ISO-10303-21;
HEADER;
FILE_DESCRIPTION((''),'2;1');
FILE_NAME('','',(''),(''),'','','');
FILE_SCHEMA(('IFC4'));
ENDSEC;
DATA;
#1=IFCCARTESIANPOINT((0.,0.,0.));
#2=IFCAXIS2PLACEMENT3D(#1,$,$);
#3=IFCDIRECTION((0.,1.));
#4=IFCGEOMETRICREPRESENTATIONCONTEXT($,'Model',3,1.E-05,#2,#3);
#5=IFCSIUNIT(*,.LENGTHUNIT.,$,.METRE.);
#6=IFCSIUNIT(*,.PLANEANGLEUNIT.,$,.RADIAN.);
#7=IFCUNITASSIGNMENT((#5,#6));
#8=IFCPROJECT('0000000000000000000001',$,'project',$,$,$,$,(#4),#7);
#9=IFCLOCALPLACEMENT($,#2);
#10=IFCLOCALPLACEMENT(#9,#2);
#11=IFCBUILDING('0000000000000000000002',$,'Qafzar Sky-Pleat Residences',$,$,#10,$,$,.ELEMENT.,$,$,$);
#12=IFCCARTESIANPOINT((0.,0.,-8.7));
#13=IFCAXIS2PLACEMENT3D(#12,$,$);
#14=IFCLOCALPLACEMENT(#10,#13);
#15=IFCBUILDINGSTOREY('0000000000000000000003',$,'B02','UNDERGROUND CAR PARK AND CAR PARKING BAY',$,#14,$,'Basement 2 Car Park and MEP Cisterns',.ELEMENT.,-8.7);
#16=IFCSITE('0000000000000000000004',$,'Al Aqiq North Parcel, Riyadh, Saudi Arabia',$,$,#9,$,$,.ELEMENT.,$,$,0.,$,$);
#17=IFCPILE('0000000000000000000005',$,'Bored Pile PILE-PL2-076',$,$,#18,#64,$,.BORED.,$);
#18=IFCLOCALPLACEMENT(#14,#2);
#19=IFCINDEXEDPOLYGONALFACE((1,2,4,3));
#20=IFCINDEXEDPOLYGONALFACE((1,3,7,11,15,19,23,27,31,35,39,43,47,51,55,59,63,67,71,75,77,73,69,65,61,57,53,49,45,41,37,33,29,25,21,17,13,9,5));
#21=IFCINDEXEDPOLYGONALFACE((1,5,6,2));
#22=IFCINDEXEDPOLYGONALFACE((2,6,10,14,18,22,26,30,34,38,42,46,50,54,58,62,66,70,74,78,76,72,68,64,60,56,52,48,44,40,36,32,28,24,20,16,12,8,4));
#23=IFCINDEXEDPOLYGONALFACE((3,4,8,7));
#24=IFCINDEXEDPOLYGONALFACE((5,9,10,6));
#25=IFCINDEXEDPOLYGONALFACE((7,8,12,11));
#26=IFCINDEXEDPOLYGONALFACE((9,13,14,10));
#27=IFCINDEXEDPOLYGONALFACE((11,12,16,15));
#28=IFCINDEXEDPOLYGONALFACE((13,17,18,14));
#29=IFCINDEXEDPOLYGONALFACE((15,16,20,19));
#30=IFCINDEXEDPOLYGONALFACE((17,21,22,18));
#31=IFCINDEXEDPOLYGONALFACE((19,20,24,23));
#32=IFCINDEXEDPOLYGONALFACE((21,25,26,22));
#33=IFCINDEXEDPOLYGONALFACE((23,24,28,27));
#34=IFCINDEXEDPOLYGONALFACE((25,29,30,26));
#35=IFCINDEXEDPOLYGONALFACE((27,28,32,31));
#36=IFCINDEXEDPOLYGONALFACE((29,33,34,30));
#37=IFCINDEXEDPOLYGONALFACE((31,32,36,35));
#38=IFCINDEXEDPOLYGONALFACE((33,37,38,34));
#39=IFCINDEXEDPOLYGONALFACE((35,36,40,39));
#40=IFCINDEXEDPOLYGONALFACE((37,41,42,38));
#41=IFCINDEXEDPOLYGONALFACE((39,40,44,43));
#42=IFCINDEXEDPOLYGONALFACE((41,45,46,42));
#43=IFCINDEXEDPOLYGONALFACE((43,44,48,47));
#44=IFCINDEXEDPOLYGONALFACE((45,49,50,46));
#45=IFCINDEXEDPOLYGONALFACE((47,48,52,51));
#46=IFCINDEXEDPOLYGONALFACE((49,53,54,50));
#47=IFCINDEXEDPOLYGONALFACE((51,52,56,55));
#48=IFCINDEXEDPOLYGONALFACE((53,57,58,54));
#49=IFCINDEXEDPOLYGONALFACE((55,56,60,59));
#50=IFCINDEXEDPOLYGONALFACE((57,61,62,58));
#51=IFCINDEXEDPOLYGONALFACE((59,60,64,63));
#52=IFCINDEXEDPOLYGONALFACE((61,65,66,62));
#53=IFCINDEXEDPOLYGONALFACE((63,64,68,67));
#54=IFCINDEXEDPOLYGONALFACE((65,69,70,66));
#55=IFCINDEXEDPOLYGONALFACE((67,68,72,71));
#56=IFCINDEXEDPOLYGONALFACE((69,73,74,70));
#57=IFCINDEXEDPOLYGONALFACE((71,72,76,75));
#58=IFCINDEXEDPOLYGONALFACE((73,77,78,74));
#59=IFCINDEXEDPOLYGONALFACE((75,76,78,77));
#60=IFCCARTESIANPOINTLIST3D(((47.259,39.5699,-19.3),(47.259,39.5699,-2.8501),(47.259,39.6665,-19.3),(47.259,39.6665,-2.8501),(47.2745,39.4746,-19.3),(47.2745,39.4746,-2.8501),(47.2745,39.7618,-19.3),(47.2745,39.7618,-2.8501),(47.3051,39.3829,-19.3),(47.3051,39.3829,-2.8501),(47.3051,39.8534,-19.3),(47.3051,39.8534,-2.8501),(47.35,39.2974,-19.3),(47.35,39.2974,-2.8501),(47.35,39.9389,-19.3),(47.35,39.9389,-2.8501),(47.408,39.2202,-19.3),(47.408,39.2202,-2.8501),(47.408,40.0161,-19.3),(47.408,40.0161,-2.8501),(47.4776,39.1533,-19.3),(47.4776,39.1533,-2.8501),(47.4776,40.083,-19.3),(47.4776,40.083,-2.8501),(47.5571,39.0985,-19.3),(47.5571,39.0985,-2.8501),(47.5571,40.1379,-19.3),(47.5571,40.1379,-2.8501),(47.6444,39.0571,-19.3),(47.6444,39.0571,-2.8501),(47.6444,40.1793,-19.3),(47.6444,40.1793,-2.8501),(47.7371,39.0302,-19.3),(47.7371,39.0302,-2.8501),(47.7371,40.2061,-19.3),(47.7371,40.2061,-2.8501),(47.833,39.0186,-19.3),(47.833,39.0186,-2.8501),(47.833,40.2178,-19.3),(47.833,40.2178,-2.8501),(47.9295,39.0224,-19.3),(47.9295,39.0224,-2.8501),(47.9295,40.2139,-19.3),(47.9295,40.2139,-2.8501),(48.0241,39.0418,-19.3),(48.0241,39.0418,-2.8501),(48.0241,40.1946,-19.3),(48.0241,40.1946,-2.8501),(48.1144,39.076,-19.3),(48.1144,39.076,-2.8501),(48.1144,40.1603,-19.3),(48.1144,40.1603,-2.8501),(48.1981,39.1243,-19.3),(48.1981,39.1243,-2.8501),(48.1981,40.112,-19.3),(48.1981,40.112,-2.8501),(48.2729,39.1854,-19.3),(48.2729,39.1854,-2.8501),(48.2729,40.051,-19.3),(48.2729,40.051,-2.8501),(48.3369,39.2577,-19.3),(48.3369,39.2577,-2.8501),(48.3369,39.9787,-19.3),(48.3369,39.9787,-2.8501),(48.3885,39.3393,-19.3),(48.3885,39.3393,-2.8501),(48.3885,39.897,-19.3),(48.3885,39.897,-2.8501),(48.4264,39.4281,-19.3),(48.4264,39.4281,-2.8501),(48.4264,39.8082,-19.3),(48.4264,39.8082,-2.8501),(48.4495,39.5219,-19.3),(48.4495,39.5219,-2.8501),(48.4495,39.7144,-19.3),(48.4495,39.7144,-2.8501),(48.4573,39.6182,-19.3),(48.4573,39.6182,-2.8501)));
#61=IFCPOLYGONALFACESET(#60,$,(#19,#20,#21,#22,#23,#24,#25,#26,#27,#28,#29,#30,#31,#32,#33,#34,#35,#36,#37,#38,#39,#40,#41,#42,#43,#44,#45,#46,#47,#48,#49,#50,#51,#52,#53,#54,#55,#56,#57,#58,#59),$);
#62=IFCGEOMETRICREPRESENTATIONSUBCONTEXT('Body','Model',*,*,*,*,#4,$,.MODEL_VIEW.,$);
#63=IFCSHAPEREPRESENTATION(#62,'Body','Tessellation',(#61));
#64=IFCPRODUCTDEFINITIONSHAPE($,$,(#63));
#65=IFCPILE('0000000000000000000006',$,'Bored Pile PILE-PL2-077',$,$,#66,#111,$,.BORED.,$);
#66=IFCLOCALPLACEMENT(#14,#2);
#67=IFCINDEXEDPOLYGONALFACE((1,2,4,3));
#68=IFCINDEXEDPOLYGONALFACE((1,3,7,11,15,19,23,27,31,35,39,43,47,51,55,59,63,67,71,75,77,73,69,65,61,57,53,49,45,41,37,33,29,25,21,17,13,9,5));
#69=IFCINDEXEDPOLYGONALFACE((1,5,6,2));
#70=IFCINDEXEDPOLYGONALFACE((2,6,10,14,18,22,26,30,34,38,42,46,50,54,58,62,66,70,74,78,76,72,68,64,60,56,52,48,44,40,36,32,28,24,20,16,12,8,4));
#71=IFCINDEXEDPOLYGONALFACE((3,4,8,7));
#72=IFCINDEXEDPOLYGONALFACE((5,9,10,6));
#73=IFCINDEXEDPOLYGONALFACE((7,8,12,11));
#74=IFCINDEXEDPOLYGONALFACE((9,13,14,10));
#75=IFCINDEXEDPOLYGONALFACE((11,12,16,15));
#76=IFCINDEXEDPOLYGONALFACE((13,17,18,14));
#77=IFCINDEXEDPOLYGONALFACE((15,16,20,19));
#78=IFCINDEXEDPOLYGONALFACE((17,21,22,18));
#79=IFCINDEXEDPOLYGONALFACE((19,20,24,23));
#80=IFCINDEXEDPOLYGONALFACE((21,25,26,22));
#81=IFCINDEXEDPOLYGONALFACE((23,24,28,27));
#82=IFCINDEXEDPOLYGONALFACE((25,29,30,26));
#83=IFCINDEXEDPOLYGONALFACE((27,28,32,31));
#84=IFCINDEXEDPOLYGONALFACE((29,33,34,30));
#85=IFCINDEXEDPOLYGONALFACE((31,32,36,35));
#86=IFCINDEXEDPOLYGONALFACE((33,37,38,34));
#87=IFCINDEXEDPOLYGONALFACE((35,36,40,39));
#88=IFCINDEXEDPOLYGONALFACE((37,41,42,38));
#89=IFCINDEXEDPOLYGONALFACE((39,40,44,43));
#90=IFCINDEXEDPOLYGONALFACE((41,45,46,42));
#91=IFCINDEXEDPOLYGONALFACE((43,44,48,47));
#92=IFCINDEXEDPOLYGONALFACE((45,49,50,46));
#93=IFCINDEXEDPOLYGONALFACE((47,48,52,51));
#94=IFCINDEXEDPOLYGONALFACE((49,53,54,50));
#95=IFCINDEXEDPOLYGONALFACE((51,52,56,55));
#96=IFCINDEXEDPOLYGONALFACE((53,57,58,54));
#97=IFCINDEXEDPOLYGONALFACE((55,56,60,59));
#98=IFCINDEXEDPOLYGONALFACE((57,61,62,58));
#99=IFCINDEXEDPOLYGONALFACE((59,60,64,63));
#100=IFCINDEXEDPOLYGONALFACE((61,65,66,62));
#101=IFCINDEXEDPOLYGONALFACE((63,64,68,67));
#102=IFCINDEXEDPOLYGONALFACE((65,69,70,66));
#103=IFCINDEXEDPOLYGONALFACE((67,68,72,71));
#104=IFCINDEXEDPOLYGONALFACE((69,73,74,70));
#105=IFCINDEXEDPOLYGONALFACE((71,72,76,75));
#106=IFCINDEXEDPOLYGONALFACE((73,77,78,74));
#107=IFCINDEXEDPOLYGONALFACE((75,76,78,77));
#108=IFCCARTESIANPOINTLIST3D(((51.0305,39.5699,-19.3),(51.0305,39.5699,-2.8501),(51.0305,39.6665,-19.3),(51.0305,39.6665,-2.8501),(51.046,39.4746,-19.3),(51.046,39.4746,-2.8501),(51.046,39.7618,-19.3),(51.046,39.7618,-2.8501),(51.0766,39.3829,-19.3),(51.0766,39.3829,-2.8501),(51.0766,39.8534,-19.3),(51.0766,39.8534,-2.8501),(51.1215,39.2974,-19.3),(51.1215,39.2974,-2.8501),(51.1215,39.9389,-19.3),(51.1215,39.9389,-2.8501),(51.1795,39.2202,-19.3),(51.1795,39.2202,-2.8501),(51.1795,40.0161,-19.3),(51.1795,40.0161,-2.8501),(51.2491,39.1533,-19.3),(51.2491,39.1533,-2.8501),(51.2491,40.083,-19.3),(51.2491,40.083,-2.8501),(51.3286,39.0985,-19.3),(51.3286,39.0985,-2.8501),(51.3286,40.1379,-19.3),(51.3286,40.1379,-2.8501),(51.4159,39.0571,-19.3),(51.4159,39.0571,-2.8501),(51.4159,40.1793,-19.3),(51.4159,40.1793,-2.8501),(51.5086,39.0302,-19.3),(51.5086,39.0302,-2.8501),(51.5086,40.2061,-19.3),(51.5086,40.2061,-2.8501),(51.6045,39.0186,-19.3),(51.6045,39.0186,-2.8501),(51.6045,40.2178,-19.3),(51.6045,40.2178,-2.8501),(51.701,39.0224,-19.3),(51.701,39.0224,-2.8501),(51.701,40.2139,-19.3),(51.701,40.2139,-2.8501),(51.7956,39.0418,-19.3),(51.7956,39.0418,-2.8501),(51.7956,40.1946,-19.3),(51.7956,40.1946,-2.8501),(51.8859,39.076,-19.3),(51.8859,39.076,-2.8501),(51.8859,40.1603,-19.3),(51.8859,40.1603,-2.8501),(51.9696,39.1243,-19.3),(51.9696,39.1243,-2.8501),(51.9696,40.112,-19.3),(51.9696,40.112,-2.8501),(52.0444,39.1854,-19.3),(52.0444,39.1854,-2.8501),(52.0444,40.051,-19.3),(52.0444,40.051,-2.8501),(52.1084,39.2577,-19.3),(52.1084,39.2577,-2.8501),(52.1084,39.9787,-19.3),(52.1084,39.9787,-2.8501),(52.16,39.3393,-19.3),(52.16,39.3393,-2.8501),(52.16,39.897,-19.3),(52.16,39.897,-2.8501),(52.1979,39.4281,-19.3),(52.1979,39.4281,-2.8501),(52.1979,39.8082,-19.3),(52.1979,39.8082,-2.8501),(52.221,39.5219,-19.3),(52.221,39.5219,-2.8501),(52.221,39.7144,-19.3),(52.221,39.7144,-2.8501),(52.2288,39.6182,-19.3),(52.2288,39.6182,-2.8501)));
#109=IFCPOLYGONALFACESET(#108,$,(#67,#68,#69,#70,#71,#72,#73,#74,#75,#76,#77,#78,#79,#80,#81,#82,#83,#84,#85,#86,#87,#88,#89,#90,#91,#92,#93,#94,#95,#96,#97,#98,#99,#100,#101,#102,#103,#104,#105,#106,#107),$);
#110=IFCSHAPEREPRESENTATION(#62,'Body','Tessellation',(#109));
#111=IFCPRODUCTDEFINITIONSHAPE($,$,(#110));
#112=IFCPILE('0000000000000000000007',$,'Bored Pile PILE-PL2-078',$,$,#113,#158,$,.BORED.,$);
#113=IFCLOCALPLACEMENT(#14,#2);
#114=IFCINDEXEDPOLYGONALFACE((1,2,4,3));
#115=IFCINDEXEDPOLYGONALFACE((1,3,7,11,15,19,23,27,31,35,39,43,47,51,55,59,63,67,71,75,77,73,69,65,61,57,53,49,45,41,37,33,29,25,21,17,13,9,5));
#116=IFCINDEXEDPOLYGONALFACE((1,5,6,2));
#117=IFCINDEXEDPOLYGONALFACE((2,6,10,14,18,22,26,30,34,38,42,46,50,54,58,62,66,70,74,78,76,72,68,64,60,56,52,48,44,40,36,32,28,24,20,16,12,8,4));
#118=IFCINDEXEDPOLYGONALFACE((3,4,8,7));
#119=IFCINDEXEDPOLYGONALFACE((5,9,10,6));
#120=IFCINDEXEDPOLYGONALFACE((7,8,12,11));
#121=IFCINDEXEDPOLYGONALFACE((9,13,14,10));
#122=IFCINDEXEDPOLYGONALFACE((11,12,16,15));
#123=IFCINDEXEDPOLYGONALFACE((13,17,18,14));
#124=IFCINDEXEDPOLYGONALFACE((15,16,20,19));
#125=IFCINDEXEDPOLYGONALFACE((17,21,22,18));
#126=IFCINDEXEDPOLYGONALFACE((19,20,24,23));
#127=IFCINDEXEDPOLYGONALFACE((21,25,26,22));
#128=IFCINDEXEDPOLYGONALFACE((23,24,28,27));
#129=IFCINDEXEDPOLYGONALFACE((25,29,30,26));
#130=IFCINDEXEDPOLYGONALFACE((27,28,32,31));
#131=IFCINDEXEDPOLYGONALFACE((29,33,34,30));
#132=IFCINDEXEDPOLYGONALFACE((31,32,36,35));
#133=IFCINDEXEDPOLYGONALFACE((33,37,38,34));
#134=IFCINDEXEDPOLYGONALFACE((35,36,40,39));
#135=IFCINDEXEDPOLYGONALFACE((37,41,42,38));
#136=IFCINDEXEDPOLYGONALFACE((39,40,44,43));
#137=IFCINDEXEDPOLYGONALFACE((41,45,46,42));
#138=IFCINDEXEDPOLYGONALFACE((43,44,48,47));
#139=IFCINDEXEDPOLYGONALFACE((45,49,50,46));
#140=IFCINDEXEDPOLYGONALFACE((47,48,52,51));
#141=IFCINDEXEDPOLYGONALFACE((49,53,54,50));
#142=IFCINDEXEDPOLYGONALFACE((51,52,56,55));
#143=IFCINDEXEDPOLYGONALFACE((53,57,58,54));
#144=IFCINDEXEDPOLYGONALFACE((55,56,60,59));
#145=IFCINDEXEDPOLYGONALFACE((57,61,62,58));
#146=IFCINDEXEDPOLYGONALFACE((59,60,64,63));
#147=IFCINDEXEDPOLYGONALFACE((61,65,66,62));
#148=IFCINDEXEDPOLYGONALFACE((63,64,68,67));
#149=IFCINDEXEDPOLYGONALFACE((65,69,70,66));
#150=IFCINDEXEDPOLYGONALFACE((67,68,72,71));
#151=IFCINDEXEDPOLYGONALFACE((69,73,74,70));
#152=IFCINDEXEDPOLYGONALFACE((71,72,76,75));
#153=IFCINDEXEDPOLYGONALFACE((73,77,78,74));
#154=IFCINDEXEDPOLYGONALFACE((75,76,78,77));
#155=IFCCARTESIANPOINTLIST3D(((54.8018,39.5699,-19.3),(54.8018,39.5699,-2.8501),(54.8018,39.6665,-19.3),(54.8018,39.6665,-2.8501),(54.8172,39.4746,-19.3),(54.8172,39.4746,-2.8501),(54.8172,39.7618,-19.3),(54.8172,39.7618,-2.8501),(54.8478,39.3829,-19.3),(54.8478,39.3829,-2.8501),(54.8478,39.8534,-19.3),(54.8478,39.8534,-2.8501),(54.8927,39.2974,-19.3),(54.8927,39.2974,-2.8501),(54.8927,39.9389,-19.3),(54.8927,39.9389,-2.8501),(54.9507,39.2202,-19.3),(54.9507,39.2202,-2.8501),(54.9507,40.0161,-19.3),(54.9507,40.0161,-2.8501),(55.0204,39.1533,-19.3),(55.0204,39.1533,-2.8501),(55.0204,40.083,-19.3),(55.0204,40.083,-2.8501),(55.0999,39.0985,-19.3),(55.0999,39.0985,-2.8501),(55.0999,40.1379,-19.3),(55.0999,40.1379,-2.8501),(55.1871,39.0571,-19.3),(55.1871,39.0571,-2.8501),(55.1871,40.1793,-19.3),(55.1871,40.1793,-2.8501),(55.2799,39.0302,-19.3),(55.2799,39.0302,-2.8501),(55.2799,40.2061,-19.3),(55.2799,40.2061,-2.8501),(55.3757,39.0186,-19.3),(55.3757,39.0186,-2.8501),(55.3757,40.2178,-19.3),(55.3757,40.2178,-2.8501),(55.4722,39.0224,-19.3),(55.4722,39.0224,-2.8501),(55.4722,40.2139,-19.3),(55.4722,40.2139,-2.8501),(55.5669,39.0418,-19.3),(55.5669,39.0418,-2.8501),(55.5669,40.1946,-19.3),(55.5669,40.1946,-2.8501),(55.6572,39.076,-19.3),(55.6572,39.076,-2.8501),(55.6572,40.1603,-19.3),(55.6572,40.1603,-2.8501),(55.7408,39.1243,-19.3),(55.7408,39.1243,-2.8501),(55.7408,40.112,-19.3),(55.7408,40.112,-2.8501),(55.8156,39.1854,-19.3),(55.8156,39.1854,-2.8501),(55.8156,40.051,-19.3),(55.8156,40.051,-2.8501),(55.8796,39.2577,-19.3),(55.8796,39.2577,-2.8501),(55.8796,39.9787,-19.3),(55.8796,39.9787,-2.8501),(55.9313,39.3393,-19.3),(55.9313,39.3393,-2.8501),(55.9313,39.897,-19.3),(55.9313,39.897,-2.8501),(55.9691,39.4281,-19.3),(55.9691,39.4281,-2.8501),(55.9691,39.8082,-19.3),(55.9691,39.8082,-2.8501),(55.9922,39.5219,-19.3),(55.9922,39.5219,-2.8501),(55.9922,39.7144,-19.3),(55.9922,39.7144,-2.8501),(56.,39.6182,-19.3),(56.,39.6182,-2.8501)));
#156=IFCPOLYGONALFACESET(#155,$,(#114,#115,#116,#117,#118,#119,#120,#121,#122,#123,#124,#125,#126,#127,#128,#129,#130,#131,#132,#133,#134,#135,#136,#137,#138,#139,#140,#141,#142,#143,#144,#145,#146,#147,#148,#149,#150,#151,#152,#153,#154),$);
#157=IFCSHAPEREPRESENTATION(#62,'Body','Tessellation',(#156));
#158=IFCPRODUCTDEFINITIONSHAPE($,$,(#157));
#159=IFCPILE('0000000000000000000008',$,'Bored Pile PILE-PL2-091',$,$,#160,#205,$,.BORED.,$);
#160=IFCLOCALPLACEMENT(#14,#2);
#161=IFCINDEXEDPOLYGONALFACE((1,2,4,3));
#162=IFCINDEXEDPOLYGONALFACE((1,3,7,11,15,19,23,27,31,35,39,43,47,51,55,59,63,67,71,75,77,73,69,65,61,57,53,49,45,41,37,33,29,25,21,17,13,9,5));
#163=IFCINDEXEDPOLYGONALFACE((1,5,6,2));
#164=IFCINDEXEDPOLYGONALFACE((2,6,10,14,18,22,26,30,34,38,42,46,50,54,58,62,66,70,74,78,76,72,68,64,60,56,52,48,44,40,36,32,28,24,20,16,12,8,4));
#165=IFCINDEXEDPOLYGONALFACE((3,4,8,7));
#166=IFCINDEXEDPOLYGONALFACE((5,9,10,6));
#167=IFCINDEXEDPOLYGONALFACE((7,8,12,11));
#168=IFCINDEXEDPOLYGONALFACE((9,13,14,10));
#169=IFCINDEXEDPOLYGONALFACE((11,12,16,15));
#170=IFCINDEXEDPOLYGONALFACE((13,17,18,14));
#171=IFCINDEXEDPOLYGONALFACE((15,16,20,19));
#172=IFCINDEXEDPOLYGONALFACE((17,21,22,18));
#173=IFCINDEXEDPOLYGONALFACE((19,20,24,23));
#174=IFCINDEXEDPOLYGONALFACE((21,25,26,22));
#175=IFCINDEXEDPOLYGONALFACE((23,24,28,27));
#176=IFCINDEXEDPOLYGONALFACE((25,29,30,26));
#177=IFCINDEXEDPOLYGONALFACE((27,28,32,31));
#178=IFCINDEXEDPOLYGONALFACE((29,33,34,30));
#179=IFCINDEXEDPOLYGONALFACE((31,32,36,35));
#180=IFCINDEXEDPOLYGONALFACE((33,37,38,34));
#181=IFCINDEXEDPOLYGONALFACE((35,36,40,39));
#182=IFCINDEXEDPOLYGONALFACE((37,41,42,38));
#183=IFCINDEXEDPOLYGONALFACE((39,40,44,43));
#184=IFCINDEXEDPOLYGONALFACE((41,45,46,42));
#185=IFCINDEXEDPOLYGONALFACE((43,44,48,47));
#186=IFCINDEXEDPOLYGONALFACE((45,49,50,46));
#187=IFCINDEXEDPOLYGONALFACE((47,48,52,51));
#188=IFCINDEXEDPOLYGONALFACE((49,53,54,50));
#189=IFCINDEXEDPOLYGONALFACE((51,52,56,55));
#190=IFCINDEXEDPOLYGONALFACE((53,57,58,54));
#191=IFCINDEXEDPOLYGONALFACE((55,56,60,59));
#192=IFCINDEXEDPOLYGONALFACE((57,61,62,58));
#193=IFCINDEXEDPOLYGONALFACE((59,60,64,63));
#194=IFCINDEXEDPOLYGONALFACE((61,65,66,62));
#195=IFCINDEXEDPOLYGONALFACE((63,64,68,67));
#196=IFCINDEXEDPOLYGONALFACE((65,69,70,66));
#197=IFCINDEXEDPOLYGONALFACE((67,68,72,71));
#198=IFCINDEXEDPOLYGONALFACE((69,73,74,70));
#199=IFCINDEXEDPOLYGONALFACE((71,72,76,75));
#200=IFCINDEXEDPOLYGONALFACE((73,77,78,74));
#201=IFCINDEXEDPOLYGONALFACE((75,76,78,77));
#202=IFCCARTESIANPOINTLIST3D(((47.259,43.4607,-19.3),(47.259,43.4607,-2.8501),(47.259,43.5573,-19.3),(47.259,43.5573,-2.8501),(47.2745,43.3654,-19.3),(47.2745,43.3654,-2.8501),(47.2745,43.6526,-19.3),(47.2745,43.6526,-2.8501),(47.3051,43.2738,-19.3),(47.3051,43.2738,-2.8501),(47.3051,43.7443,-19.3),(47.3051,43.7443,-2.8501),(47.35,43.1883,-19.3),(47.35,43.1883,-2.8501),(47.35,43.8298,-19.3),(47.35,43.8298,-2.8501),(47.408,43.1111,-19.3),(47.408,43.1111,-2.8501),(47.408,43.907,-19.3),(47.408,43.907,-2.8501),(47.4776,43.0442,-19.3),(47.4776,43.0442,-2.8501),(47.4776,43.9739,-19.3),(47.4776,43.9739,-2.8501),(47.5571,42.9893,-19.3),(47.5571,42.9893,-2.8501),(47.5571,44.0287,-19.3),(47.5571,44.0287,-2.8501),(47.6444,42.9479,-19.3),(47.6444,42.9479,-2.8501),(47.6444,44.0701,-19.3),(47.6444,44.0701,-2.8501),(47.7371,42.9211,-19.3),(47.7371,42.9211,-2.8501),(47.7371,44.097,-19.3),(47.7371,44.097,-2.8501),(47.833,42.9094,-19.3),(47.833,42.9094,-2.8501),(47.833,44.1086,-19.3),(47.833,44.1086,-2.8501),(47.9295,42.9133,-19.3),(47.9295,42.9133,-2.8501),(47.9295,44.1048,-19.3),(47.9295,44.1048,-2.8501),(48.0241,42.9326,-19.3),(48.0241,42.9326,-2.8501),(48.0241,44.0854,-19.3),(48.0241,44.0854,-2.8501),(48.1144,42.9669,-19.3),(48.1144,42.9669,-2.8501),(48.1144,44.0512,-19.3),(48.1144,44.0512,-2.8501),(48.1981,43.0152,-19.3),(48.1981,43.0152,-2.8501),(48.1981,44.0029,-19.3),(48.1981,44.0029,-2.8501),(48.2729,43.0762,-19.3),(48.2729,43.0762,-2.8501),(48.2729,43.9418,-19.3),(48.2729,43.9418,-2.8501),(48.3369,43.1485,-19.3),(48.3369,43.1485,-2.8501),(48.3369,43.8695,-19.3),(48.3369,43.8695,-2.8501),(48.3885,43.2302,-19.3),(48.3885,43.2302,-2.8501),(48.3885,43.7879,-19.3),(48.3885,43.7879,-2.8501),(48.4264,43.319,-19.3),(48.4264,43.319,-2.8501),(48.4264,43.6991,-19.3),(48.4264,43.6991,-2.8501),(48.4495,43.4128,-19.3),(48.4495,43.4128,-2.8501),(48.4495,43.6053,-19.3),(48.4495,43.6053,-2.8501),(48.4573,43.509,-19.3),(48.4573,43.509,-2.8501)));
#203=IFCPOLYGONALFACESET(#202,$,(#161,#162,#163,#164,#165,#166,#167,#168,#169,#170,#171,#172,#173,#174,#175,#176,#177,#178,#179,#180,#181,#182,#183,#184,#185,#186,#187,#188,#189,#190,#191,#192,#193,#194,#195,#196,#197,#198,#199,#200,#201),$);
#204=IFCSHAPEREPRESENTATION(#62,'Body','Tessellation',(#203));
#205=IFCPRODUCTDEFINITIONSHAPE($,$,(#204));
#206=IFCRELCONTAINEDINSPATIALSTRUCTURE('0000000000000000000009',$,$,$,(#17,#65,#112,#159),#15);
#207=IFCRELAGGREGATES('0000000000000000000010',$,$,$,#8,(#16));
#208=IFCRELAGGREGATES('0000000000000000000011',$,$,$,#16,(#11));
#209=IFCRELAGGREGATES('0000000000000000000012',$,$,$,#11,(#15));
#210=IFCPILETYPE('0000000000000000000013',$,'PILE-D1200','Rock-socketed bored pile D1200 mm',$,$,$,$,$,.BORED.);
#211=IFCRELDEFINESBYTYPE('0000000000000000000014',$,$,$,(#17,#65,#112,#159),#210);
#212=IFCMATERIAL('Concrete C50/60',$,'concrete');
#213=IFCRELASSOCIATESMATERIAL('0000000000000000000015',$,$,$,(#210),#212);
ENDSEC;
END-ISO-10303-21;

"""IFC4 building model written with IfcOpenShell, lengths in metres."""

from ifc_helpers import new_model, si_unit, direction, frame, origin, origin_2d, place, context, subcontext, project, spatial, circle, extrude, source, transform, mapped, material, material_profile, profile_set, type_object, element, save


model = new_model("IFC4")

# Units and contexts
model_context = context("Model", 3, precision=1e-05, world=origin(), true_north=direction((0.0, 1.0)))
body_context = subcontext(model_context, "Body", "Model", "MODEL_VIEW")
ifc_project = project(units=[si_unit("LENGTHUNIT", "METRE"), si_unit("PLANEANGLEUNIT", "RADIAN")], contexts=[model_context])

# Site, building, storey
site_placement = place(None, origin())
site = spatial("IfcSite", under=ifc_project, at=site_placement, Name="Al Aqiq North Parcel, Riyadh, Saudi Arabia", CompositionType="ELEMENT", RefElevation=0.0)
building_placement = place(site_placement, origin())
building = spatial("IfcBuilding", under=site, at=building_placement, Name="Qafzar Sky-Pleat Residences", CompositionType="ELEMENT")
storey_placement = place(building_placement, frame((0.0, 0.0, -8.7)))
storey = spatial("IfcBuildingStorey", under=building, at=storey_placement, Name="B02", Description="UNDERGROUND CAR PARK AND CAR PARKING BAY", LongName="Basement 2 Car Park and MEP Cisterns", CompositionType="ELEMENT", Elevation=-8.7)

# Piles
ifc_material_1 = material(Name="Concrete C50/60", Category="concrete")
ifc_material_profile_1 = material_profile(ifc_material_1, circle(Radius=0.6001, at=origin_2d()), Name="PILE D1200")
ifc_profile_set_1 = profile_set([ifc_material_profile_1], Name="Concrete C50/60")
pile_type = type_object("IfcPileType", Name="PILE-D1200", Description="Rock-socketed bored pile D1200 mm", PredefinedType="BORED", material=ifc_profile_set_1)
shared_shape_1 = source(origin(), body_context, "Body", "SweptSolid", [
    extrude(circle(Radius=0.6001, at=origin_2d()), origin(), (0.0, 0.0, 1.0), 16.45),
])
for number, where, z_axis, x_axis, name in (
    (1, (47.8572, 39.6182, -2.8501), (0.0, 0.0, -1.0), (1.0, 0.0, 0.0), "Bored Pile PILE-PL2-076"),
    (2, (51.6287, 39.6182, -2.8501), (0.0, 0.0, -1.0), (1.0, 0.0, 0.0), "Bored Pile PILE-PL2-077"),
    (3, (55.3999, 39.6182, -2.8501), (0.0, 0.0, -1.0), (1.0, 0.0, 0.0), "Bored Pile PILE-PL2-078"),
    (4, (47.8572, 43.509, -2.8501), (0.0, 0.0, -1.0), (1.0, 0.0, 0.0), "Bored Pile PILE-PL2-091"),
):
    element("IfcPile", number, at=place(storey_placement, frame(where, z_axis=z_axis, x_axis=x_axis)), inside=storey, type_object=pile_type, Name=name, PredefinedType="BORED", context=body_context, shape_type="MappedRepresentation", body=[
        mapped(shared_shape_1, transform((0.0, 0.0, 0.0), x_axis=(1.0, 0.0, 0.0), y_axis=(0.0, 1.0, 0.0), z_axis=(0.0, 0.0, 1.0), scale=1.0)),
    ])

save(model, "model.ifc")
